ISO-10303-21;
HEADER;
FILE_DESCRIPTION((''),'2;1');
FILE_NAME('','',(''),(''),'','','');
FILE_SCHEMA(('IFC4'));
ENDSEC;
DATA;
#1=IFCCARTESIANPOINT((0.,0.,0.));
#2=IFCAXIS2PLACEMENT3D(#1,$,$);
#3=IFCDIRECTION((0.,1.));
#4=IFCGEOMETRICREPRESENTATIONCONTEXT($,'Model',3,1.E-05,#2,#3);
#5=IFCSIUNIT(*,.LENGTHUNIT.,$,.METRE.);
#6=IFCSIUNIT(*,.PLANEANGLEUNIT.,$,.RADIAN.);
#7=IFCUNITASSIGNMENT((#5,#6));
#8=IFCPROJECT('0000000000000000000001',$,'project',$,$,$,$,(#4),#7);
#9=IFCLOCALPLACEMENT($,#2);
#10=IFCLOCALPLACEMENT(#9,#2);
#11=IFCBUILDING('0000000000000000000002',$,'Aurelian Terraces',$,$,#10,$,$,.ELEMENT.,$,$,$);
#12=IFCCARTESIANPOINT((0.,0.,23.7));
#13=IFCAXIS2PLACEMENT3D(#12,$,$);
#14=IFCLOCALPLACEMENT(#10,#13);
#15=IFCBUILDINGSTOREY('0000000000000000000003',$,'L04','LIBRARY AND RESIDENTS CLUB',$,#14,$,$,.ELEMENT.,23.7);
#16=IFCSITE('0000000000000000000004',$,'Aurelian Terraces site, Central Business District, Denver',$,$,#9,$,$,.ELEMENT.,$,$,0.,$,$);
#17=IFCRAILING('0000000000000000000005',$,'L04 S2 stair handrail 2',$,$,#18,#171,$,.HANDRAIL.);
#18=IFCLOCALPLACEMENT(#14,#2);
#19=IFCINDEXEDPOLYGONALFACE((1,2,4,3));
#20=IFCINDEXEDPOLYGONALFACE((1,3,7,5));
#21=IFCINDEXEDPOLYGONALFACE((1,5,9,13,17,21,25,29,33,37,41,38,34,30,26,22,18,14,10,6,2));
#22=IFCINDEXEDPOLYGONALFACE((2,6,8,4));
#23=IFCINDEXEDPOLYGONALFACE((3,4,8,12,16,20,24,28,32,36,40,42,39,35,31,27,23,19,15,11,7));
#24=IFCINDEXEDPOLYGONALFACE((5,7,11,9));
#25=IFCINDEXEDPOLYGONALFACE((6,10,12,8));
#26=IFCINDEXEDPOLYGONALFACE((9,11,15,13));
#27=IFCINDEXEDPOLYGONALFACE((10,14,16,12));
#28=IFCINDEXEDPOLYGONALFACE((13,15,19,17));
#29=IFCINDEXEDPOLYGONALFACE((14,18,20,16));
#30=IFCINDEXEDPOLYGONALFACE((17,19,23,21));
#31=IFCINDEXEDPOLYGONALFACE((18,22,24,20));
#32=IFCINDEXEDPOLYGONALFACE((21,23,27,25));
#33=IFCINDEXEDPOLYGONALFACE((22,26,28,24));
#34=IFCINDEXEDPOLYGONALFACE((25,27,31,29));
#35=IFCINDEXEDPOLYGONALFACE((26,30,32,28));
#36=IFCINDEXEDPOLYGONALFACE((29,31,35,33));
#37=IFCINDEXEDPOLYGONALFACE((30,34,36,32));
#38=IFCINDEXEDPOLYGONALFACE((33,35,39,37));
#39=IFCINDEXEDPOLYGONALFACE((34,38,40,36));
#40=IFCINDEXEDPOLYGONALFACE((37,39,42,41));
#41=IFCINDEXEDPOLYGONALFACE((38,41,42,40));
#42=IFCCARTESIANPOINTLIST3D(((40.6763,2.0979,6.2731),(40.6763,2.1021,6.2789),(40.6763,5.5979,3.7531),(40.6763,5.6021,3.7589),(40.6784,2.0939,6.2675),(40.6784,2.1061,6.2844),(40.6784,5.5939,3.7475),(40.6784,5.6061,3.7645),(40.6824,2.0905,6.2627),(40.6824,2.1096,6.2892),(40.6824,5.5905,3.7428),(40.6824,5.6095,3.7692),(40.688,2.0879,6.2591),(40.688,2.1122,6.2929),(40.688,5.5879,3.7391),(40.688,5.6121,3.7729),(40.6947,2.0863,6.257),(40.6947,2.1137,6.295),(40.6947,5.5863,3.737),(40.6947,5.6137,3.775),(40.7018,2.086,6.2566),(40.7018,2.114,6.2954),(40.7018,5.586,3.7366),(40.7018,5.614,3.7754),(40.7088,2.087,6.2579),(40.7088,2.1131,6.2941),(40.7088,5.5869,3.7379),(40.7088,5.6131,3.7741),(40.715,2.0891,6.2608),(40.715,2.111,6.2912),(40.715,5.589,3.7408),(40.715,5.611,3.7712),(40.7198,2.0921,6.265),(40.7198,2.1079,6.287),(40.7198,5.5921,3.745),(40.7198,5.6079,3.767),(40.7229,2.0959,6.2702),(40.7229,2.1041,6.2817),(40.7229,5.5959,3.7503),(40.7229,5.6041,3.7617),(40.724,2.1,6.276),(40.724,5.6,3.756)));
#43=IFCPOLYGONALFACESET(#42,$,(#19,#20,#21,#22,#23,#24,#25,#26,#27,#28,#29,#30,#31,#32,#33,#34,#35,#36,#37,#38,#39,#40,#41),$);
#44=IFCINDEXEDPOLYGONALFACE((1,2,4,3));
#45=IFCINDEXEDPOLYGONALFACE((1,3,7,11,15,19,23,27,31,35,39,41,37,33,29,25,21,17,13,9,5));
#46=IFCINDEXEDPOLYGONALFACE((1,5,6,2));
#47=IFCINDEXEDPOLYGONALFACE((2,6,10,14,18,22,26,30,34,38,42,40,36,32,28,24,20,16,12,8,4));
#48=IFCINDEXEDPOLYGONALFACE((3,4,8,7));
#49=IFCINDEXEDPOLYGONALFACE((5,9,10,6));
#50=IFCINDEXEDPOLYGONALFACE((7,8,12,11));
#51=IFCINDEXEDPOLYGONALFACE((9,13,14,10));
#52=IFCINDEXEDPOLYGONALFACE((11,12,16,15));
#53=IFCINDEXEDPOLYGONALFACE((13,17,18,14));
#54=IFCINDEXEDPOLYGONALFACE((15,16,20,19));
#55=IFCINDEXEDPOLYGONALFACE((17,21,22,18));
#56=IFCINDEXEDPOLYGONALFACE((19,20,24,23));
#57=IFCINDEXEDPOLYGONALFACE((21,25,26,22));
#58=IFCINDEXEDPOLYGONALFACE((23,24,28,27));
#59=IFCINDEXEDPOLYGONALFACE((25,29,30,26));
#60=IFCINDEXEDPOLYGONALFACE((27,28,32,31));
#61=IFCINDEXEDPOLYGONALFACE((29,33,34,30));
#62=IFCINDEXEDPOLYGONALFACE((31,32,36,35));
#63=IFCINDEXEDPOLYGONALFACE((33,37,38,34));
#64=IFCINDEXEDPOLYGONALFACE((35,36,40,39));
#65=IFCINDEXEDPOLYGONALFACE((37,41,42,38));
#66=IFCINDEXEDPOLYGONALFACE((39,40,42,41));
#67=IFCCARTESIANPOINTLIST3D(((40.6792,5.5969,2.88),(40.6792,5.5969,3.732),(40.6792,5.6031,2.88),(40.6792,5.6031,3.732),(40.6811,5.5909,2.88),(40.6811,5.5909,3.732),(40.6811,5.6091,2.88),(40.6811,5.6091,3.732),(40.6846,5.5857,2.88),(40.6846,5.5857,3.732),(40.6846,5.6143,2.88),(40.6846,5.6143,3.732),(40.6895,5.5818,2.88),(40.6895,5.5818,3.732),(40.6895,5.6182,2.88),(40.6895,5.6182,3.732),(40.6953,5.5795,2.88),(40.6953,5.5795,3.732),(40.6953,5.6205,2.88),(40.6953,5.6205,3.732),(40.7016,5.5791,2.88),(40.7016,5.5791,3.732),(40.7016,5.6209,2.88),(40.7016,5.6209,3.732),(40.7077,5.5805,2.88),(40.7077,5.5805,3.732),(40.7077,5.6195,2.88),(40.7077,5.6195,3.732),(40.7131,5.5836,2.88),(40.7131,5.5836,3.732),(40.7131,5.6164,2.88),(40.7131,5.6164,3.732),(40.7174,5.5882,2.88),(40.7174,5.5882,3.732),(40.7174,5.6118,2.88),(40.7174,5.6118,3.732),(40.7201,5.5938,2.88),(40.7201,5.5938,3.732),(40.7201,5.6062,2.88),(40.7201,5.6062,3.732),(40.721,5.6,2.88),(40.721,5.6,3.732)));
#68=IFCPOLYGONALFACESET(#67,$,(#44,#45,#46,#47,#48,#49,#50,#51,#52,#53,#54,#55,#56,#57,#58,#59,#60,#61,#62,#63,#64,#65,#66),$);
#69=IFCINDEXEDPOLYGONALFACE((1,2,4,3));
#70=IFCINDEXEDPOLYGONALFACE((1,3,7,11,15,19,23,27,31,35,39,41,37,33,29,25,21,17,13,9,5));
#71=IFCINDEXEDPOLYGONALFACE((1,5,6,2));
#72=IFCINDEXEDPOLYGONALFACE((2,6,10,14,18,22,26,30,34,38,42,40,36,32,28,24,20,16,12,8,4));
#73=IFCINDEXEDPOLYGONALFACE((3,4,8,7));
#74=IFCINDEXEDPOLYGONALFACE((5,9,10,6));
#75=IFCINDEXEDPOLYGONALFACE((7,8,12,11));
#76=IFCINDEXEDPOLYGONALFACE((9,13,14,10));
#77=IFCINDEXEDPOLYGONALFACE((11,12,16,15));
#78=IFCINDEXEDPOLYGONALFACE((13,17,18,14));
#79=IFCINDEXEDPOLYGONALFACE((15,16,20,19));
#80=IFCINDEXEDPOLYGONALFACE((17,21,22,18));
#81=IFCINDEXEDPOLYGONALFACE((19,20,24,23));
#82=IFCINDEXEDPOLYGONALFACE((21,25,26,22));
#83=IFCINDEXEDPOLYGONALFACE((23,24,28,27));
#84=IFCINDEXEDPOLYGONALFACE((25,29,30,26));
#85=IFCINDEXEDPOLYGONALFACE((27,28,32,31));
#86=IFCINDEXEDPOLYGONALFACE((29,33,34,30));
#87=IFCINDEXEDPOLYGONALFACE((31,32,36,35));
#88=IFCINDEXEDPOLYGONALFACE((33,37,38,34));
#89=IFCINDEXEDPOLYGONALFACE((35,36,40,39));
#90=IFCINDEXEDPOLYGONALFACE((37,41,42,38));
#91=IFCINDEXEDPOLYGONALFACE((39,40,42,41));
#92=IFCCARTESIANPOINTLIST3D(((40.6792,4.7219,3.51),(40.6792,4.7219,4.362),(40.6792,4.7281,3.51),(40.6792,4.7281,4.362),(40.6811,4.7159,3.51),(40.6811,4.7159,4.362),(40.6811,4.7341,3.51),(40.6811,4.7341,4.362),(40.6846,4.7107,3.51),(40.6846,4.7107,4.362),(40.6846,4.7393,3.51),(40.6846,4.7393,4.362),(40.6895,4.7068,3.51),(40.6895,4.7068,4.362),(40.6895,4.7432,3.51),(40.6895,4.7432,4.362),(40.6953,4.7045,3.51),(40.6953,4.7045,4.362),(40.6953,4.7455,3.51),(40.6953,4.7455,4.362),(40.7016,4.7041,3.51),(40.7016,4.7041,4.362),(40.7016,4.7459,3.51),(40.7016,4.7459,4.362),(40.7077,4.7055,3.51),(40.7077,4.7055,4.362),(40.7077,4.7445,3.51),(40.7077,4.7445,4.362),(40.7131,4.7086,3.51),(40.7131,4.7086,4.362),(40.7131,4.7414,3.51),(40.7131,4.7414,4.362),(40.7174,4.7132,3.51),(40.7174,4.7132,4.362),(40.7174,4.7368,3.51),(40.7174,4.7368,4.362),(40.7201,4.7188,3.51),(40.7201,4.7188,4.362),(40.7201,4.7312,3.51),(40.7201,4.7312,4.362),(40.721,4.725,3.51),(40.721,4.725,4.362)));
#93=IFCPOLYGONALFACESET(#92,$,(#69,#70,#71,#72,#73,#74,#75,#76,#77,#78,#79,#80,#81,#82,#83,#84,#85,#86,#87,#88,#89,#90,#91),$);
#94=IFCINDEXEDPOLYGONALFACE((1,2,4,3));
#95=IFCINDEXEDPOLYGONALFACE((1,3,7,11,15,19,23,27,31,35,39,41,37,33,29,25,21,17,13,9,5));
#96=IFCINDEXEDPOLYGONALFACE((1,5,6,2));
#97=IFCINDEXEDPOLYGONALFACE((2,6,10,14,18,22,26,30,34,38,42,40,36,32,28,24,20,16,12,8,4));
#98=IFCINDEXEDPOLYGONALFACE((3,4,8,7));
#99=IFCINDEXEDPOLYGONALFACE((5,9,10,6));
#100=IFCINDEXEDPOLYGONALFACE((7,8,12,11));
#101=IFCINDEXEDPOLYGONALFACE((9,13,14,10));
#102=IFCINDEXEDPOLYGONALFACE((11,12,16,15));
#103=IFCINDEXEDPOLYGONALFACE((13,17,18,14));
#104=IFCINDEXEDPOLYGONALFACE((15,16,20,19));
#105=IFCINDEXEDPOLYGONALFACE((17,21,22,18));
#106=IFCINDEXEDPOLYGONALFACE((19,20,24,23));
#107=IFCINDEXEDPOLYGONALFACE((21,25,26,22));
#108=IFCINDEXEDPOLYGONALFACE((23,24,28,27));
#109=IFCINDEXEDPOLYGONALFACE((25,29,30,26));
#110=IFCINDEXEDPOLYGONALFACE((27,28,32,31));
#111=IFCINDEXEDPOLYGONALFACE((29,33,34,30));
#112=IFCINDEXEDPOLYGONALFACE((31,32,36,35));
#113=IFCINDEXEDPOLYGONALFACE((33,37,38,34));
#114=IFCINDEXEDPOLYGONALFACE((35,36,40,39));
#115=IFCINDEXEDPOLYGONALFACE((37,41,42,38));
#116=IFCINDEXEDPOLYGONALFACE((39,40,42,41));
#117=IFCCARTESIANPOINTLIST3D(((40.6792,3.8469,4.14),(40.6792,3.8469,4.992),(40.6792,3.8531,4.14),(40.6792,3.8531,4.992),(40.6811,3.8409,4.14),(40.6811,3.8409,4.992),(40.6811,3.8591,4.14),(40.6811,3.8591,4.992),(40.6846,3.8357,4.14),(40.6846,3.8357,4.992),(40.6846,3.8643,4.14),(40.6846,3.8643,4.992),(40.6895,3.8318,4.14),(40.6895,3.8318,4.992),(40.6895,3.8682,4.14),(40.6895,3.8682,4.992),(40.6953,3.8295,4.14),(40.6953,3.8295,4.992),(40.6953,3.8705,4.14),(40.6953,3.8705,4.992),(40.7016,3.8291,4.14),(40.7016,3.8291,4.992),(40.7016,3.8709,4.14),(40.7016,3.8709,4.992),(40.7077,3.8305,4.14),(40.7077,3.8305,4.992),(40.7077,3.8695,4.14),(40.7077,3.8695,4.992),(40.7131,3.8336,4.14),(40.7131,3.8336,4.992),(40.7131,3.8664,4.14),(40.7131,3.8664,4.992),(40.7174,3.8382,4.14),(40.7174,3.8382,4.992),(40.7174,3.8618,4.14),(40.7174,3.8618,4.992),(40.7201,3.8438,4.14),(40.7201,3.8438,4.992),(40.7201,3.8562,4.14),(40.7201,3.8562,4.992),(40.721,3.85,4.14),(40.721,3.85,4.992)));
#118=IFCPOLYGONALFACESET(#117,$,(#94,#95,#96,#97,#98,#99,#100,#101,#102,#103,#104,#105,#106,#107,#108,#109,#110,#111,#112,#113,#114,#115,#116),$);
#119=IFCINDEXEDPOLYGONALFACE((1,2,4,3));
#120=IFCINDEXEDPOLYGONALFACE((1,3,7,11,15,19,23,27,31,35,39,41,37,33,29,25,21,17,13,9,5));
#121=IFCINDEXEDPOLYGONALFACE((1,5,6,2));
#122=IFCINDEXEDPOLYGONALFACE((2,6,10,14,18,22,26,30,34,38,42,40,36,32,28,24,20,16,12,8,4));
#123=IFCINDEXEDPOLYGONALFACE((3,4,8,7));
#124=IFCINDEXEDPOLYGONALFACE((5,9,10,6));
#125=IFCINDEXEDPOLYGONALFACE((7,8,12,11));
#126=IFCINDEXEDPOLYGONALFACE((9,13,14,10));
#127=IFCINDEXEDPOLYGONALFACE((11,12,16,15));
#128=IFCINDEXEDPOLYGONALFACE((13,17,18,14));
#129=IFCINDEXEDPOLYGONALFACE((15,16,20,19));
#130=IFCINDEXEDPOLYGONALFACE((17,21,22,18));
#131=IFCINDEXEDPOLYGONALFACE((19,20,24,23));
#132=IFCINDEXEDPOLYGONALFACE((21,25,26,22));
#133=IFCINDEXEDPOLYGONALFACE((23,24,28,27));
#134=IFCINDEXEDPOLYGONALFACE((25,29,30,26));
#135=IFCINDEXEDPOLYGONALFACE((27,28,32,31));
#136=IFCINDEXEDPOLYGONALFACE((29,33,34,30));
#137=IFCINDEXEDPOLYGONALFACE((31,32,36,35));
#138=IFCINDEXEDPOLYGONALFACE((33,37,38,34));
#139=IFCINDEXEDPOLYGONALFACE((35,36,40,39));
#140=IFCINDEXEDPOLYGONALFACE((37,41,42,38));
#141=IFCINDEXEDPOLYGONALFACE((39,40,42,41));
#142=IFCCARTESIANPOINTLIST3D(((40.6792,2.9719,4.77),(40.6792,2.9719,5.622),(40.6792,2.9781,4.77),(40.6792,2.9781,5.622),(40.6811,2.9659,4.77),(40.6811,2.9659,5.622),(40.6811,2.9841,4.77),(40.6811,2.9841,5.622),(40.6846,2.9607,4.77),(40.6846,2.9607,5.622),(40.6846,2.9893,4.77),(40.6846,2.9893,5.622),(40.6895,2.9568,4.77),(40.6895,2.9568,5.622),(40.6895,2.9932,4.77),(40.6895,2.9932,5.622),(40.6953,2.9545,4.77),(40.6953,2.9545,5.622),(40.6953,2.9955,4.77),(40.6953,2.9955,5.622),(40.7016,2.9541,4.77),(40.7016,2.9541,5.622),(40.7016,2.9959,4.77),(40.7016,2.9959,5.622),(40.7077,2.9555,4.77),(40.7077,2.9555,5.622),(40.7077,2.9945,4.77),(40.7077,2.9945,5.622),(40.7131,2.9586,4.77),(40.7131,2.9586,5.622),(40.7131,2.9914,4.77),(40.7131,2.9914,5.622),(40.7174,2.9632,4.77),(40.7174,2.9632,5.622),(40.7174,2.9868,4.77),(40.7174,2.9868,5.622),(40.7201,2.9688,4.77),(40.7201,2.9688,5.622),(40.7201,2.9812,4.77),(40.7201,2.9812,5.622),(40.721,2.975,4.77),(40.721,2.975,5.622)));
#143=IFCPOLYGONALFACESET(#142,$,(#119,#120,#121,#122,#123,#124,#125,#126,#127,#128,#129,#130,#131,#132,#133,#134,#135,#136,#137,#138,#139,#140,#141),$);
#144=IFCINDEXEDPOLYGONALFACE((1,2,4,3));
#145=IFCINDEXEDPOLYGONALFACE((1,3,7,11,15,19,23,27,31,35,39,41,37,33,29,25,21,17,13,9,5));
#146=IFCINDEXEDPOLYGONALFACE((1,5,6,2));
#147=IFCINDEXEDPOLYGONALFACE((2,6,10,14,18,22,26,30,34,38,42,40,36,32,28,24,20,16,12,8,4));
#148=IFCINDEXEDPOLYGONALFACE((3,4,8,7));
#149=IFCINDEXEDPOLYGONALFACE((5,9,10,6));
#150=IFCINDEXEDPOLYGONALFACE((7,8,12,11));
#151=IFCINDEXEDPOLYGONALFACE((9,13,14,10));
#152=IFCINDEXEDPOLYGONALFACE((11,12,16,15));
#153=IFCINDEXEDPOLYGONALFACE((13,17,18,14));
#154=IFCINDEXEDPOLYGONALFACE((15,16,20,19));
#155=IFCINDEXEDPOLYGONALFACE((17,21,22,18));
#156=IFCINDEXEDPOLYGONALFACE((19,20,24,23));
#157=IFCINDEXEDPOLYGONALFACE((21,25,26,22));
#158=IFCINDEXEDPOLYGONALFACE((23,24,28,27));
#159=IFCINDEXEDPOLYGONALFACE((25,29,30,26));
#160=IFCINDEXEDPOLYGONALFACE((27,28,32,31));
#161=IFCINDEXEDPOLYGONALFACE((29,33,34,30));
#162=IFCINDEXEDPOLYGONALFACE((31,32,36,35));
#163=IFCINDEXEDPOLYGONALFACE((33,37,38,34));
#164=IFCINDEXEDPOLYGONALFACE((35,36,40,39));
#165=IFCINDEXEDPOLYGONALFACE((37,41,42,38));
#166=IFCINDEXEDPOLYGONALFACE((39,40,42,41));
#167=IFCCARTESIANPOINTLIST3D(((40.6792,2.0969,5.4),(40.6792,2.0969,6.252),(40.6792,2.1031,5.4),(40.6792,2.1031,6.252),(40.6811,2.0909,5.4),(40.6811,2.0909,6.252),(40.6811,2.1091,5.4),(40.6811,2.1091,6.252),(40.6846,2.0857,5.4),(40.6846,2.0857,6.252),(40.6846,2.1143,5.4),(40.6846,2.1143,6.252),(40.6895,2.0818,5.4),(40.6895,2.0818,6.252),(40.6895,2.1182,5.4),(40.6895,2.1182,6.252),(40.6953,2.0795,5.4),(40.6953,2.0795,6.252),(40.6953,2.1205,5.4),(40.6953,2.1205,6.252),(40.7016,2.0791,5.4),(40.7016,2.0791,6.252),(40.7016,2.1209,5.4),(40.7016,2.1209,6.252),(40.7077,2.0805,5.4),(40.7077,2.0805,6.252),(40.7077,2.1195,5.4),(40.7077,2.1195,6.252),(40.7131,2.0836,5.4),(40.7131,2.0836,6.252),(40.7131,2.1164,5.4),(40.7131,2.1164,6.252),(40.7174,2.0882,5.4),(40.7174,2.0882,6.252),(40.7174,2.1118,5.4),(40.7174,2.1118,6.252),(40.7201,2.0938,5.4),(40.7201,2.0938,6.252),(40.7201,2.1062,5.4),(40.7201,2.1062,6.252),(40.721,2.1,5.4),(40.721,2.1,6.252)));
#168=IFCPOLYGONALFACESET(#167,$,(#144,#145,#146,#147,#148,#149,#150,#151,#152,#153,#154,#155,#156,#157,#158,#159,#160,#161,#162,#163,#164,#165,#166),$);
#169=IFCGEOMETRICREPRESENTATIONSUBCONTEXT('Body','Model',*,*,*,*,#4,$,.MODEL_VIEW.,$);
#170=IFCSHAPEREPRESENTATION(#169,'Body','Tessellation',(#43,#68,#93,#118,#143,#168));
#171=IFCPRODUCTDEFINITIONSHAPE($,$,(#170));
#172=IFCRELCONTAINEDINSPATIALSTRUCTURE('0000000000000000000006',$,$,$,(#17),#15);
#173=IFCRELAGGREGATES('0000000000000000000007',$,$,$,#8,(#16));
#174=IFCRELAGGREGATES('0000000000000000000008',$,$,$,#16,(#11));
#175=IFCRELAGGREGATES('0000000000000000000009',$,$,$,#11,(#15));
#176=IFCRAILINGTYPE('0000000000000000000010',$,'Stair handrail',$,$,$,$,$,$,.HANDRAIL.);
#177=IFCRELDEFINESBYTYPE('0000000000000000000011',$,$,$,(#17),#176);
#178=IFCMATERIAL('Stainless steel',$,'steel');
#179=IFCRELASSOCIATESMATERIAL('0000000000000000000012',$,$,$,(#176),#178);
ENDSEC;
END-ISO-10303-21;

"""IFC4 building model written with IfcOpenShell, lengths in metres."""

from ifc_helpers import new_model, si_unit, direction, frame, origin, origin_2d, place, context, subcontext, project, spatial, circle, extrude, source, transform, mapped, material, type_object, element, save


model = new_model("IFC4")

# Units and contexts
model_context = context("Model", 3, precision=1e-05, world=origin(), true_north=direction((0.0, 1.0)))
body_context = subcontext(model_context, "Body", "Model", "MODEL_VIEW")
ifc_project = project(units=[si_unit("LENGTHUNIT", "METRE"), si_unit("PLANEANGLEUNIT", "RADIAN")], contexts=[model_context])

# Site, building, storey
site_placement = place(None, origin())
site = spatial("IfcSite", under=ifc_project, at=site_placement, Name="Aurelian Terraces site, Central Business District, Denver", CompositionType="ELEMENT", RefElevation=0.0)
building_placement = place(site_placement, origin())
building = spatial("IfcBuilding", under=site, at=building_placement, Name="Aurelian Terraces", CompositionType="ELEMENT")
storey_placement = place(building_placement, frame((0.0, 0.0, 23.7)))
storey = spatial("IfcBuildingStorey", under=building, at=storey_placement, Name="L04", Description="LIBRARY AND RESIDENTS CLUB", CompositionType="ELEMENT", Elevation=23.7)

# Railing
ifc_material_1 = material(Name="Stainless steel", Category="steel")
railing_type_1 = type_object("IfcRailingType", Name="Stair handrail", PredefinedType="HANDRAIL", material=ifc_material_1)
shared_shape_1 = source(origin(), body_context, "Body", "SweptSolid", [
    extrude(circle(Radius=0.024, at=origin_2d()), frame((0.0, 0.0, 0.876), z_axis=(0.0, -0.811534, 0.584305), x_axis=(1.0, 0.0, 0.0)), (0.0, 0.0, 1.0), 4.3128),
    extrude(circle(Radius=0.021, at=origin_2d()), origin(), (0.0, 0.0, 1.0), 0.852),
    extrude(circle(Radius=0.021, at=origin_2d()), frame((0.0, -0.875, 0.63)), (0.0, 0.0, 1.0), 0.852),
    extrude(circle(Radius=0.021, at=origin_2d()), frame((0.0, -1.75, 1.26)), (0.0, 0.0, 1.0), 0.852),
    extrude(circle(Radius=0.021, at=origin_2d()), frame((0.0, -2.625, 1.89)), (0.0, 0.0, 1.0), 0.852),
    extrude(circle(Radius=0.021, at=origin_2d()), frame((0.0, -3.5, 2.52)), (0.0, 0.0, 1.0), 0.852),
])
railing_1_placement = place(storey_placement, frame((40.7, 5.6, 2.88)))
element("IfcRailing", 1, at=railing_1_placement, inside=storey, type_object=railing_type_1, Name="L04 S2 stair handrail 2", PredefinedType="HANDRAIL", context=body_context, shape_type="MappedRepresentation", body=[
    mapped(shared_shape_1, transform((0.0, 0.0, 0.0), scale=1.0)),
])

save(model, "model.ifc")
